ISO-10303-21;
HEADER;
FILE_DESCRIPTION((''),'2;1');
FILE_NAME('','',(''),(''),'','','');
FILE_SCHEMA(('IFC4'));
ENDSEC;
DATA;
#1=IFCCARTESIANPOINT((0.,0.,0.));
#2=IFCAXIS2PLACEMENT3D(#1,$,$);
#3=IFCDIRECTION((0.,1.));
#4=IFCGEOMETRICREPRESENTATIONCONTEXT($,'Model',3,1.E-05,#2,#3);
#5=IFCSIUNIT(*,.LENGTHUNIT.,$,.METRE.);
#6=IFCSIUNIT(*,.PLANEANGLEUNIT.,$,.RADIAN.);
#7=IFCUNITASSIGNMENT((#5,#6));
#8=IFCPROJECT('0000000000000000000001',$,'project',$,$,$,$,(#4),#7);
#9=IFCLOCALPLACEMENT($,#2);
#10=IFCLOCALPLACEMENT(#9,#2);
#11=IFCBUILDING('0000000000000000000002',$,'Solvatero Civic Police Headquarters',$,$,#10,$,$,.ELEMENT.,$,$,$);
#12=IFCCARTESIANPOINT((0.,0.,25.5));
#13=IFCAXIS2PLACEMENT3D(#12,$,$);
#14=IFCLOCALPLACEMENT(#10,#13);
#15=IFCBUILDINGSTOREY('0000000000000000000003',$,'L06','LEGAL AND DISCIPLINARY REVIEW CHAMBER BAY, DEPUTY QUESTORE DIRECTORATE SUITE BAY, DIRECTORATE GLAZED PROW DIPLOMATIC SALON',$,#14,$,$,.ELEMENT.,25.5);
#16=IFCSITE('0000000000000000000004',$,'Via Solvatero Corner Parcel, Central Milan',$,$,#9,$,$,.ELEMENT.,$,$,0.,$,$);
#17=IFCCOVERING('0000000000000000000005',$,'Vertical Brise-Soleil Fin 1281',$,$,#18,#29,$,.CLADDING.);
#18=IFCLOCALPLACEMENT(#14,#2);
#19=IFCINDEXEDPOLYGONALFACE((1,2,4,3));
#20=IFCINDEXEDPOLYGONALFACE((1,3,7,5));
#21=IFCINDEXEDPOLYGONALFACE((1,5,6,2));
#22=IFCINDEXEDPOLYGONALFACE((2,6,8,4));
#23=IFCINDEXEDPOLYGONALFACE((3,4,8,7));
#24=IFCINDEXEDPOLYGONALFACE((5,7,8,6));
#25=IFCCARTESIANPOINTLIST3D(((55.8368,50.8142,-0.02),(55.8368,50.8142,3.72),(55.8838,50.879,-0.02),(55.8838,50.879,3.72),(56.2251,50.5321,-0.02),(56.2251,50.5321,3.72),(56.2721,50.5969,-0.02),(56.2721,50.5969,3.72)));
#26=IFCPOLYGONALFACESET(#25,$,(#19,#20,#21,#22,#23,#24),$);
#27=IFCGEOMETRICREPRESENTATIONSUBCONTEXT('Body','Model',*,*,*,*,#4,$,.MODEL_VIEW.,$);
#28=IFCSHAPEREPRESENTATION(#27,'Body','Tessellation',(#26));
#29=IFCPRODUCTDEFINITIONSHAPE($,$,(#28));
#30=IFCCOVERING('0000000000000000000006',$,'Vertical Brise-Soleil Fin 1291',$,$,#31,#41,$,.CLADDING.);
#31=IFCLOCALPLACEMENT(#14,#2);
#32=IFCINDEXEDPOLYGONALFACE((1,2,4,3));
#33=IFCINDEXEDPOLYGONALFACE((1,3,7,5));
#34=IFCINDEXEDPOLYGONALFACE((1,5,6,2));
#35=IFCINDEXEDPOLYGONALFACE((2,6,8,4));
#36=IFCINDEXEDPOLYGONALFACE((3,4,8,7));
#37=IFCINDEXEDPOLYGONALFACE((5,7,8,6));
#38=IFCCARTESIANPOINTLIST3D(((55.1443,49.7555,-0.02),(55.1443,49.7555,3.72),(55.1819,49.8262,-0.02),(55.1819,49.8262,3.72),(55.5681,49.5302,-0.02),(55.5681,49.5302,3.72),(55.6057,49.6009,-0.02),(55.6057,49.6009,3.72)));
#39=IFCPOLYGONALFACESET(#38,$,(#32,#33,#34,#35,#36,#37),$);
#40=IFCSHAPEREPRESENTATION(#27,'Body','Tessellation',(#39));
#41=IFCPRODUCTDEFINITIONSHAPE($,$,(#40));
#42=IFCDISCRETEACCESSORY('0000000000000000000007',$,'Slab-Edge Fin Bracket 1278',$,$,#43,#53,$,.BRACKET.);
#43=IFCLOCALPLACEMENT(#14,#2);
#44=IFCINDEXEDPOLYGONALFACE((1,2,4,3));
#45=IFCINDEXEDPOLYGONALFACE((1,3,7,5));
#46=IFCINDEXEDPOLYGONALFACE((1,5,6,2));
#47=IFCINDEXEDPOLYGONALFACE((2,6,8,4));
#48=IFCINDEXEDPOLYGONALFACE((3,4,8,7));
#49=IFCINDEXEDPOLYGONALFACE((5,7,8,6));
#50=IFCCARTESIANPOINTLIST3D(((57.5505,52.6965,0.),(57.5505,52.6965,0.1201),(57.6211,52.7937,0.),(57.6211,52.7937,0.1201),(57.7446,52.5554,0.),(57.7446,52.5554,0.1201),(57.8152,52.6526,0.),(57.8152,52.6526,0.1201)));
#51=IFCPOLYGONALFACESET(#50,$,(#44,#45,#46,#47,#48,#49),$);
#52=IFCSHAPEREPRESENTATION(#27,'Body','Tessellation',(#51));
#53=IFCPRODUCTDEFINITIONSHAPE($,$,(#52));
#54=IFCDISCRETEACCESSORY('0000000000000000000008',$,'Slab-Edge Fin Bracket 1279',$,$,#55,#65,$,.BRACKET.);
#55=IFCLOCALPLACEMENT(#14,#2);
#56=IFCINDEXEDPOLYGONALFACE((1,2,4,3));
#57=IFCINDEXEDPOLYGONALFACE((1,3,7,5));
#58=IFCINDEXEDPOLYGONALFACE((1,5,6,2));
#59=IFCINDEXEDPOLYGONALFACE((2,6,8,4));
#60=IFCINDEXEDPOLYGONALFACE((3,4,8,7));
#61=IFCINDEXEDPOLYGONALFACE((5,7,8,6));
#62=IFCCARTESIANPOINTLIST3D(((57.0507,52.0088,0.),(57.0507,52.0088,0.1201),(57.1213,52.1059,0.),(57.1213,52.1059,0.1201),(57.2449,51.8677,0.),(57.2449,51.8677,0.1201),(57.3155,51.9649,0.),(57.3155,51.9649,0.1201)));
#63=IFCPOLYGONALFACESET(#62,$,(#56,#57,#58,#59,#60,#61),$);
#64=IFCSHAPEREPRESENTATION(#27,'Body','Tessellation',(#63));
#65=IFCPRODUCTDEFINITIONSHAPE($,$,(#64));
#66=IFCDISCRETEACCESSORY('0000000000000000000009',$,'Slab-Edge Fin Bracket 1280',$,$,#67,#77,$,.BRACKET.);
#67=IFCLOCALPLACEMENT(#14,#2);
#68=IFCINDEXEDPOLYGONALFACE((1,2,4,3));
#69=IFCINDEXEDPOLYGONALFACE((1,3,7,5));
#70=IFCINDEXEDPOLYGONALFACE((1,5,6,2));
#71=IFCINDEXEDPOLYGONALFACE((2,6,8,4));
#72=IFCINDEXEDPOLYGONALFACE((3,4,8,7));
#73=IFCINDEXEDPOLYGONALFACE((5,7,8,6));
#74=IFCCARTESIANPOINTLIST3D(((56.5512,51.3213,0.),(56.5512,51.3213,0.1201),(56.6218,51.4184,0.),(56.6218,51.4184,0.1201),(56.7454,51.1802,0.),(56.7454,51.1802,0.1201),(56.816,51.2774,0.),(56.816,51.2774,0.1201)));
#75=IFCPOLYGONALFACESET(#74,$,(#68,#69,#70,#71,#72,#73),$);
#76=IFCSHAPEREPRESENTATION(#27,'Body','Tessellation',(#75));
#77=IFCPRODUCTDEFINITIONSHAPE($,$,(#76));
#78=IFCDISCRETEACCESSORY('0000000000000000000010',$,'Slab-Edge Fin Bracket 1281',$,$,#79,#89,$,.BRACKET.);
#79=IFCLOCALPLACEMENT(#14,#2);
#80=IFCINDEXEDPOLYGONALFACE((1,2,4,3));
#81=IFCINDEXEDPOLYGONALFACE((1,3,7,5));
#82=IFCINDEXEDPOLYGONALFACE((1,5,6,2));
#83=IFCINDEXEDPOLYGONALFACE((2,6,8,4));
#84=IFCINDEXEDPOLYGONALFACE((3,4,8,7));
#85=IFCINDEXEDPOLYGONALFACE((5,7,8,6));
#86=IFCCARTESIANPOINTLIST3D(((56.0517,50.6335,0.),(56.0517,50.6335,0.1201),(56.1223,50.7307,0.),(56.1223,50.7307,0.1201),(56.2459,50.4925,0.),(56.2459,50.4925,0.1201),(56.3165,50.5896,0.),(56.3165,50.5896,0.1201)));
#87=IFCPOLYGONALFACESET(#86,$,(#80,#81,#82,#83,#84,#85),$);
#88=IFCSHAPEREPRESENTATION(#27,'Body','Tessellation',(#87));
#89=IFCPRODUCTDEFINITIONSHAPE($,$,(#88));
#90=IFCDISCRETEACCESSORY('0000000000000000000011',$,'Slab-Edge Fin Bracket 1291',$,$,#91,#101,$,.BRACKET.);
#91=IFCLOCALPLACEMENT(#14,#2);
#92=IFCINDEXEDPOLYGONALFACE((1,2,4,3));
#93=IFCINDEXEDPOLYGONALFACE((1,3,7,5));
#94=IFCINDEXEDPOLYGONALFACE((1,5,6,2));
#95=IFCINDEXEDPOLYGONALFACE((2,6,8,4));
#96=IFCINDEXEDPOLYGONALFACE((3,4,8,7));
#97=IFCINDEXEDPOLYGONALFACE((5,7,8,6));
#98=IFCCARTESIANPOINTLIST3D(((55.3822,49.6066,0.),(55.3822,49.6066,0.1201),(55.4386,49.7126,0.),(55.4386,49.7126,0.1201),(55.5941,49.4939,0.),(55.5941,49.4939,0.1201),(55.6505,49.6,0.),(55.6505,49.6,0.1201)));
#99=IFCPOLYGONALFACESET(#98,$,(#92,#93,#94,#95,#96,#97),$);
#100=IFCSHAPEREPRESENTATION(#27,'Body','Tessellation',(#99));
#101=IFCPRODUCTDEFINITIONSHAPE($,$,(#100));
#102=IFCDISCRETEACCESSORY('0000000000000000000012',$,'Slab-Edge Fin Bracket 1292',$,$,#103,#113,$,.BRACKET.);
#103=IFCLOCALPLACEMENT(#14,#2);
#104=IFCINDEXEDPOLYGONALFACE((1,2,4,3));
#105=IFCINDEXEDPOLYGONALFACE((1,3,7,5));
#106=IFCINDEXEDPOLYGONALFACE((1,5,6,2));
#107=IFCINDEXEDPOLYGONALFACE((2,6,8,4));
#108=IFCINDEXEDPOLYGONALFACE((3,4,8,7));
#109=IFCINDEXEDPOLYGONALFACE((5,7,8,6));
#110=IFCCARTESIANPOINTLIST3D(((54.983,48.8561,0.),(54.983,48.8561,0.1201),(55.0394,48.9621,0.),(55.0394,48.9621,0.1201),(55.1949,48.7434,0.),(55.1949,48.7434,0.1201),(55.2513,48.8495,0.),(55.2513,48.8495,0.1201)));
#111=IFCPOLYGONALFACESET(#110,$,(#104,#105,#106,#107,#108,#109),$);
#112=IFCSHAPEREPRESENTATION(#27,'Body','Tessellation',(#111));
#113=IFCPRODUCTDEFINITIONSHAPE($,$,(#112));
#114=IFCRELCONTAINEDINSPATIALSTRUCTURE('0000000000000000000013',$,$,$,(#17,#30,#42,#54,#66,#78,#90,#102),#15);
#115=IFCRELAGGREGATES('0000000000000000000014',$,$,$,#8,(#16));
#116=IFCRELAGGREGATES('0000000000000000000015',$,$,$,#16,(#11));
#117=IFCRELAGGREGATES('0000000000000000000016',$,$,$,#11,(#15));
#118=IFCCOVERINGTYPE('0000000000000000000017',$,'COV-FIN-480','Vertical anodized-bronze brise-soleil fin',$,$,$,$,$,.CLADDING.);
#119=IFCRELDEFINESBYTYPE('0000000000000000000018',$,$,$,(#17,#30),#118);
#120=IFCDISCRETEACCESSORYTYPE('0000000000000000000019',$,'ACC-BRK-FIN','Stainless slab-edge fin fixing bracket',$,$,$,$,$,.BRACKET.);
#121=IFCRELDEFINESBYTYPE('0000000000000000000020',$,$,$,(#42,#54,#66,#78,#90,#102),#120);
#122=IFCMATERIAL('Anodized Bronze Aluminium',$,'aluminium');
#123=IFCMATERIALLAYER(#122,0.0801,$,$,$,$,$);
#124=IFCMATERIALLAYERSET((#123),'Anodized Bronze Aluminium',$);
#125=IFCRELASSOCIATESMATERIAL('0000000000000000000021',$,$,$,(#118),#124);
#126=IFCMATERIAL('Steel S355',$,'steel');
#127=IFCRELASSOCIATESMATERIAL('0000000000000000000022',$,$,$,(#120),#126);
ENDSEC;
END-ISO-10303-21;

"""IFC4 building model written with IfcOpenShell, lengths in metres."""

from ifc_helpers import new_model, si_unit, direction, frame, origin, origin_2d, place, context, subcontext, project, spatial, rectangle, extrude, material, layer, layer_set, type_object, element, save


model = new_model("IFC4")

# Units and contexts
model_context = context("Model", 3, precision=1e-05, world=origin(), true_north=direction((0.0, 1.0)))
body_context = subcontext(model_context, "Body", "Model", "MODEL_VIEW")
ifc_project = project(units=[si_unit("LENGTHUNIT", "METRE"), si_unit("PLANEANGLEUNIT", "RADIAN")], contexts=[model_context])

# Site, building, storey
site_placement = place(None, origin())
site = spatial("IfcSite", under=ifc_project, at=site_placement, Name="Via Solvatero Corner Parcel, Central Milan", CompositionType="ELEMENT", RefElevation=0.0)
building_placement = place(site_placement, origin())
building = spatial("IfcBuilding", under=site, at=building_placement, Name="Solvatero Civic Police Headquarters", CompositionType="ELEMENT")
storey_placement = place(building_placement, frame((0.0, 0.0, 25.5)))
storey = spatial("IfcBuildingStorey", under=building, at=storey_placement, Name="L06", Description="LEGAL AND DISCIPLINARY REVIEW CHAMBER BAY, DEPUTY QUESTORE DIRECTORATE SUITE BAY, DIRECTORATE GLAZED PROW DIPLOMATIC SALON", CompositionType="ELEMENT", Elevation=25.5)

# Shared definitions
ifc_material_1 = material(Name="Steel S355", Category="steel")

# Shared definitions
ifc_material_2 = material(Name="Anodized Bronze Aluminium", Category="aluminium")

# Coverings
ifc_layer_1 = layer(ifc_material_2, 0.0801)
ifc_layer_set_1 = layer_set([ifc_layer_1], Name="Anodized Bronze Aluminium")
covering_type = type_object("IfcCoveringType", Name="COV-FIN-480", Description="Vertical anodized-bronze brise-soleil fin", PredefinedType="CLADDING", material=ifc_layer_set_1)
for number, where, z_axis, x_axis, name in (
    (1, (56.0544, 50.7056, -0.02), (0.0, 0.0, 1.0), (-0.587785, -0.809017, 0.0), "Vertical Brise-Soleil Fin 1281"),
    (2, (55.375, 49.6782, -0.02), (0.0, 0.0, 1.0), (-0.469487, -0.882939, 0.0), "Vertical Brise-Soleil Fin 1291"),
):
    element("IfcCovering", number, at=place(storey_placement, frame(where, z_axis=z_axis, x_axis=x_axis)), inside=storey, type_object=covering_type, Name=name, PredefinedType="CLADDING", context=body_context, shape_type="SweptSolid", body=[
        extrude(rectangle(XDim=0.0801, YDim=0.48, at=origin_2d()), origin(), (0.0, 0.0, 1.0), 3.74),
    ])

# Discrete accessories
discrete_accessory_type = type_object("IfcDiscreteAccessoryType", Name="ACC-BRK-FIN", Description="Stainless slab-edge fin fixing bracket", PredefinedType="BRACKET", material=ifc_material_1)
for number, where, z_axis, x_axis, name in (
    (3, (57.6829, 52.6746, 0.0), (0.0, 0.0, 1.0), (-0.587785, -0.809017, 0.0), "Slab-Edge Fin Bracket 1278"),
    (4, (57.1831, 51.9868, 0.0), (0.0, 0.0, 1.0), (-0.587785, -0.809017, 0.0), "Slab-Edge Fin Bracket 1279"),
    (5, (56.6836, 51.2993, 0.0), (0.0, 0.0, 1.0), (-0.587785, -0.809017, 0.0), "Slab-Edge Fin Bracket 1280"),
    (6, (56.1841, 50.6116, 0.0), (0.0, 0.0, 1.0), (-0.587785, -0.809017, 0.0), "Slab-Edge Fin Bracket 1281"),
    (7, (55.5164, 49.6033, 0.0), (0.0, 0.0, 1.0), (-0.469487, -0.882939, 0.0), "Slab-Edge Fin Bracket 1291"),
    (8, (55.1172, 48.8528, 0.0), (0.0, 0.0, 1.0), (-0.469487, -0.882939, 0.0), "Slab-Edge Fin Bracket 1292"),
):
    element("IfcDiscreteAccessory", number, at=place(storey_placement, frame(where, z_axis=z_axis, x_axis=x_axis)), inside=storey, type_object=discrete_accessory_type, Name=name, PredefinedType="BRACKET", context=body_context, shape_type="SweptSolid", body=[
        extrude(rectangle(XDim=0.1201, YDim=0.24, at=origin_2d()), origin(), (0.0, 0.0, 1.0), 0.1201),
    ])

save(model, "model.ifc")
